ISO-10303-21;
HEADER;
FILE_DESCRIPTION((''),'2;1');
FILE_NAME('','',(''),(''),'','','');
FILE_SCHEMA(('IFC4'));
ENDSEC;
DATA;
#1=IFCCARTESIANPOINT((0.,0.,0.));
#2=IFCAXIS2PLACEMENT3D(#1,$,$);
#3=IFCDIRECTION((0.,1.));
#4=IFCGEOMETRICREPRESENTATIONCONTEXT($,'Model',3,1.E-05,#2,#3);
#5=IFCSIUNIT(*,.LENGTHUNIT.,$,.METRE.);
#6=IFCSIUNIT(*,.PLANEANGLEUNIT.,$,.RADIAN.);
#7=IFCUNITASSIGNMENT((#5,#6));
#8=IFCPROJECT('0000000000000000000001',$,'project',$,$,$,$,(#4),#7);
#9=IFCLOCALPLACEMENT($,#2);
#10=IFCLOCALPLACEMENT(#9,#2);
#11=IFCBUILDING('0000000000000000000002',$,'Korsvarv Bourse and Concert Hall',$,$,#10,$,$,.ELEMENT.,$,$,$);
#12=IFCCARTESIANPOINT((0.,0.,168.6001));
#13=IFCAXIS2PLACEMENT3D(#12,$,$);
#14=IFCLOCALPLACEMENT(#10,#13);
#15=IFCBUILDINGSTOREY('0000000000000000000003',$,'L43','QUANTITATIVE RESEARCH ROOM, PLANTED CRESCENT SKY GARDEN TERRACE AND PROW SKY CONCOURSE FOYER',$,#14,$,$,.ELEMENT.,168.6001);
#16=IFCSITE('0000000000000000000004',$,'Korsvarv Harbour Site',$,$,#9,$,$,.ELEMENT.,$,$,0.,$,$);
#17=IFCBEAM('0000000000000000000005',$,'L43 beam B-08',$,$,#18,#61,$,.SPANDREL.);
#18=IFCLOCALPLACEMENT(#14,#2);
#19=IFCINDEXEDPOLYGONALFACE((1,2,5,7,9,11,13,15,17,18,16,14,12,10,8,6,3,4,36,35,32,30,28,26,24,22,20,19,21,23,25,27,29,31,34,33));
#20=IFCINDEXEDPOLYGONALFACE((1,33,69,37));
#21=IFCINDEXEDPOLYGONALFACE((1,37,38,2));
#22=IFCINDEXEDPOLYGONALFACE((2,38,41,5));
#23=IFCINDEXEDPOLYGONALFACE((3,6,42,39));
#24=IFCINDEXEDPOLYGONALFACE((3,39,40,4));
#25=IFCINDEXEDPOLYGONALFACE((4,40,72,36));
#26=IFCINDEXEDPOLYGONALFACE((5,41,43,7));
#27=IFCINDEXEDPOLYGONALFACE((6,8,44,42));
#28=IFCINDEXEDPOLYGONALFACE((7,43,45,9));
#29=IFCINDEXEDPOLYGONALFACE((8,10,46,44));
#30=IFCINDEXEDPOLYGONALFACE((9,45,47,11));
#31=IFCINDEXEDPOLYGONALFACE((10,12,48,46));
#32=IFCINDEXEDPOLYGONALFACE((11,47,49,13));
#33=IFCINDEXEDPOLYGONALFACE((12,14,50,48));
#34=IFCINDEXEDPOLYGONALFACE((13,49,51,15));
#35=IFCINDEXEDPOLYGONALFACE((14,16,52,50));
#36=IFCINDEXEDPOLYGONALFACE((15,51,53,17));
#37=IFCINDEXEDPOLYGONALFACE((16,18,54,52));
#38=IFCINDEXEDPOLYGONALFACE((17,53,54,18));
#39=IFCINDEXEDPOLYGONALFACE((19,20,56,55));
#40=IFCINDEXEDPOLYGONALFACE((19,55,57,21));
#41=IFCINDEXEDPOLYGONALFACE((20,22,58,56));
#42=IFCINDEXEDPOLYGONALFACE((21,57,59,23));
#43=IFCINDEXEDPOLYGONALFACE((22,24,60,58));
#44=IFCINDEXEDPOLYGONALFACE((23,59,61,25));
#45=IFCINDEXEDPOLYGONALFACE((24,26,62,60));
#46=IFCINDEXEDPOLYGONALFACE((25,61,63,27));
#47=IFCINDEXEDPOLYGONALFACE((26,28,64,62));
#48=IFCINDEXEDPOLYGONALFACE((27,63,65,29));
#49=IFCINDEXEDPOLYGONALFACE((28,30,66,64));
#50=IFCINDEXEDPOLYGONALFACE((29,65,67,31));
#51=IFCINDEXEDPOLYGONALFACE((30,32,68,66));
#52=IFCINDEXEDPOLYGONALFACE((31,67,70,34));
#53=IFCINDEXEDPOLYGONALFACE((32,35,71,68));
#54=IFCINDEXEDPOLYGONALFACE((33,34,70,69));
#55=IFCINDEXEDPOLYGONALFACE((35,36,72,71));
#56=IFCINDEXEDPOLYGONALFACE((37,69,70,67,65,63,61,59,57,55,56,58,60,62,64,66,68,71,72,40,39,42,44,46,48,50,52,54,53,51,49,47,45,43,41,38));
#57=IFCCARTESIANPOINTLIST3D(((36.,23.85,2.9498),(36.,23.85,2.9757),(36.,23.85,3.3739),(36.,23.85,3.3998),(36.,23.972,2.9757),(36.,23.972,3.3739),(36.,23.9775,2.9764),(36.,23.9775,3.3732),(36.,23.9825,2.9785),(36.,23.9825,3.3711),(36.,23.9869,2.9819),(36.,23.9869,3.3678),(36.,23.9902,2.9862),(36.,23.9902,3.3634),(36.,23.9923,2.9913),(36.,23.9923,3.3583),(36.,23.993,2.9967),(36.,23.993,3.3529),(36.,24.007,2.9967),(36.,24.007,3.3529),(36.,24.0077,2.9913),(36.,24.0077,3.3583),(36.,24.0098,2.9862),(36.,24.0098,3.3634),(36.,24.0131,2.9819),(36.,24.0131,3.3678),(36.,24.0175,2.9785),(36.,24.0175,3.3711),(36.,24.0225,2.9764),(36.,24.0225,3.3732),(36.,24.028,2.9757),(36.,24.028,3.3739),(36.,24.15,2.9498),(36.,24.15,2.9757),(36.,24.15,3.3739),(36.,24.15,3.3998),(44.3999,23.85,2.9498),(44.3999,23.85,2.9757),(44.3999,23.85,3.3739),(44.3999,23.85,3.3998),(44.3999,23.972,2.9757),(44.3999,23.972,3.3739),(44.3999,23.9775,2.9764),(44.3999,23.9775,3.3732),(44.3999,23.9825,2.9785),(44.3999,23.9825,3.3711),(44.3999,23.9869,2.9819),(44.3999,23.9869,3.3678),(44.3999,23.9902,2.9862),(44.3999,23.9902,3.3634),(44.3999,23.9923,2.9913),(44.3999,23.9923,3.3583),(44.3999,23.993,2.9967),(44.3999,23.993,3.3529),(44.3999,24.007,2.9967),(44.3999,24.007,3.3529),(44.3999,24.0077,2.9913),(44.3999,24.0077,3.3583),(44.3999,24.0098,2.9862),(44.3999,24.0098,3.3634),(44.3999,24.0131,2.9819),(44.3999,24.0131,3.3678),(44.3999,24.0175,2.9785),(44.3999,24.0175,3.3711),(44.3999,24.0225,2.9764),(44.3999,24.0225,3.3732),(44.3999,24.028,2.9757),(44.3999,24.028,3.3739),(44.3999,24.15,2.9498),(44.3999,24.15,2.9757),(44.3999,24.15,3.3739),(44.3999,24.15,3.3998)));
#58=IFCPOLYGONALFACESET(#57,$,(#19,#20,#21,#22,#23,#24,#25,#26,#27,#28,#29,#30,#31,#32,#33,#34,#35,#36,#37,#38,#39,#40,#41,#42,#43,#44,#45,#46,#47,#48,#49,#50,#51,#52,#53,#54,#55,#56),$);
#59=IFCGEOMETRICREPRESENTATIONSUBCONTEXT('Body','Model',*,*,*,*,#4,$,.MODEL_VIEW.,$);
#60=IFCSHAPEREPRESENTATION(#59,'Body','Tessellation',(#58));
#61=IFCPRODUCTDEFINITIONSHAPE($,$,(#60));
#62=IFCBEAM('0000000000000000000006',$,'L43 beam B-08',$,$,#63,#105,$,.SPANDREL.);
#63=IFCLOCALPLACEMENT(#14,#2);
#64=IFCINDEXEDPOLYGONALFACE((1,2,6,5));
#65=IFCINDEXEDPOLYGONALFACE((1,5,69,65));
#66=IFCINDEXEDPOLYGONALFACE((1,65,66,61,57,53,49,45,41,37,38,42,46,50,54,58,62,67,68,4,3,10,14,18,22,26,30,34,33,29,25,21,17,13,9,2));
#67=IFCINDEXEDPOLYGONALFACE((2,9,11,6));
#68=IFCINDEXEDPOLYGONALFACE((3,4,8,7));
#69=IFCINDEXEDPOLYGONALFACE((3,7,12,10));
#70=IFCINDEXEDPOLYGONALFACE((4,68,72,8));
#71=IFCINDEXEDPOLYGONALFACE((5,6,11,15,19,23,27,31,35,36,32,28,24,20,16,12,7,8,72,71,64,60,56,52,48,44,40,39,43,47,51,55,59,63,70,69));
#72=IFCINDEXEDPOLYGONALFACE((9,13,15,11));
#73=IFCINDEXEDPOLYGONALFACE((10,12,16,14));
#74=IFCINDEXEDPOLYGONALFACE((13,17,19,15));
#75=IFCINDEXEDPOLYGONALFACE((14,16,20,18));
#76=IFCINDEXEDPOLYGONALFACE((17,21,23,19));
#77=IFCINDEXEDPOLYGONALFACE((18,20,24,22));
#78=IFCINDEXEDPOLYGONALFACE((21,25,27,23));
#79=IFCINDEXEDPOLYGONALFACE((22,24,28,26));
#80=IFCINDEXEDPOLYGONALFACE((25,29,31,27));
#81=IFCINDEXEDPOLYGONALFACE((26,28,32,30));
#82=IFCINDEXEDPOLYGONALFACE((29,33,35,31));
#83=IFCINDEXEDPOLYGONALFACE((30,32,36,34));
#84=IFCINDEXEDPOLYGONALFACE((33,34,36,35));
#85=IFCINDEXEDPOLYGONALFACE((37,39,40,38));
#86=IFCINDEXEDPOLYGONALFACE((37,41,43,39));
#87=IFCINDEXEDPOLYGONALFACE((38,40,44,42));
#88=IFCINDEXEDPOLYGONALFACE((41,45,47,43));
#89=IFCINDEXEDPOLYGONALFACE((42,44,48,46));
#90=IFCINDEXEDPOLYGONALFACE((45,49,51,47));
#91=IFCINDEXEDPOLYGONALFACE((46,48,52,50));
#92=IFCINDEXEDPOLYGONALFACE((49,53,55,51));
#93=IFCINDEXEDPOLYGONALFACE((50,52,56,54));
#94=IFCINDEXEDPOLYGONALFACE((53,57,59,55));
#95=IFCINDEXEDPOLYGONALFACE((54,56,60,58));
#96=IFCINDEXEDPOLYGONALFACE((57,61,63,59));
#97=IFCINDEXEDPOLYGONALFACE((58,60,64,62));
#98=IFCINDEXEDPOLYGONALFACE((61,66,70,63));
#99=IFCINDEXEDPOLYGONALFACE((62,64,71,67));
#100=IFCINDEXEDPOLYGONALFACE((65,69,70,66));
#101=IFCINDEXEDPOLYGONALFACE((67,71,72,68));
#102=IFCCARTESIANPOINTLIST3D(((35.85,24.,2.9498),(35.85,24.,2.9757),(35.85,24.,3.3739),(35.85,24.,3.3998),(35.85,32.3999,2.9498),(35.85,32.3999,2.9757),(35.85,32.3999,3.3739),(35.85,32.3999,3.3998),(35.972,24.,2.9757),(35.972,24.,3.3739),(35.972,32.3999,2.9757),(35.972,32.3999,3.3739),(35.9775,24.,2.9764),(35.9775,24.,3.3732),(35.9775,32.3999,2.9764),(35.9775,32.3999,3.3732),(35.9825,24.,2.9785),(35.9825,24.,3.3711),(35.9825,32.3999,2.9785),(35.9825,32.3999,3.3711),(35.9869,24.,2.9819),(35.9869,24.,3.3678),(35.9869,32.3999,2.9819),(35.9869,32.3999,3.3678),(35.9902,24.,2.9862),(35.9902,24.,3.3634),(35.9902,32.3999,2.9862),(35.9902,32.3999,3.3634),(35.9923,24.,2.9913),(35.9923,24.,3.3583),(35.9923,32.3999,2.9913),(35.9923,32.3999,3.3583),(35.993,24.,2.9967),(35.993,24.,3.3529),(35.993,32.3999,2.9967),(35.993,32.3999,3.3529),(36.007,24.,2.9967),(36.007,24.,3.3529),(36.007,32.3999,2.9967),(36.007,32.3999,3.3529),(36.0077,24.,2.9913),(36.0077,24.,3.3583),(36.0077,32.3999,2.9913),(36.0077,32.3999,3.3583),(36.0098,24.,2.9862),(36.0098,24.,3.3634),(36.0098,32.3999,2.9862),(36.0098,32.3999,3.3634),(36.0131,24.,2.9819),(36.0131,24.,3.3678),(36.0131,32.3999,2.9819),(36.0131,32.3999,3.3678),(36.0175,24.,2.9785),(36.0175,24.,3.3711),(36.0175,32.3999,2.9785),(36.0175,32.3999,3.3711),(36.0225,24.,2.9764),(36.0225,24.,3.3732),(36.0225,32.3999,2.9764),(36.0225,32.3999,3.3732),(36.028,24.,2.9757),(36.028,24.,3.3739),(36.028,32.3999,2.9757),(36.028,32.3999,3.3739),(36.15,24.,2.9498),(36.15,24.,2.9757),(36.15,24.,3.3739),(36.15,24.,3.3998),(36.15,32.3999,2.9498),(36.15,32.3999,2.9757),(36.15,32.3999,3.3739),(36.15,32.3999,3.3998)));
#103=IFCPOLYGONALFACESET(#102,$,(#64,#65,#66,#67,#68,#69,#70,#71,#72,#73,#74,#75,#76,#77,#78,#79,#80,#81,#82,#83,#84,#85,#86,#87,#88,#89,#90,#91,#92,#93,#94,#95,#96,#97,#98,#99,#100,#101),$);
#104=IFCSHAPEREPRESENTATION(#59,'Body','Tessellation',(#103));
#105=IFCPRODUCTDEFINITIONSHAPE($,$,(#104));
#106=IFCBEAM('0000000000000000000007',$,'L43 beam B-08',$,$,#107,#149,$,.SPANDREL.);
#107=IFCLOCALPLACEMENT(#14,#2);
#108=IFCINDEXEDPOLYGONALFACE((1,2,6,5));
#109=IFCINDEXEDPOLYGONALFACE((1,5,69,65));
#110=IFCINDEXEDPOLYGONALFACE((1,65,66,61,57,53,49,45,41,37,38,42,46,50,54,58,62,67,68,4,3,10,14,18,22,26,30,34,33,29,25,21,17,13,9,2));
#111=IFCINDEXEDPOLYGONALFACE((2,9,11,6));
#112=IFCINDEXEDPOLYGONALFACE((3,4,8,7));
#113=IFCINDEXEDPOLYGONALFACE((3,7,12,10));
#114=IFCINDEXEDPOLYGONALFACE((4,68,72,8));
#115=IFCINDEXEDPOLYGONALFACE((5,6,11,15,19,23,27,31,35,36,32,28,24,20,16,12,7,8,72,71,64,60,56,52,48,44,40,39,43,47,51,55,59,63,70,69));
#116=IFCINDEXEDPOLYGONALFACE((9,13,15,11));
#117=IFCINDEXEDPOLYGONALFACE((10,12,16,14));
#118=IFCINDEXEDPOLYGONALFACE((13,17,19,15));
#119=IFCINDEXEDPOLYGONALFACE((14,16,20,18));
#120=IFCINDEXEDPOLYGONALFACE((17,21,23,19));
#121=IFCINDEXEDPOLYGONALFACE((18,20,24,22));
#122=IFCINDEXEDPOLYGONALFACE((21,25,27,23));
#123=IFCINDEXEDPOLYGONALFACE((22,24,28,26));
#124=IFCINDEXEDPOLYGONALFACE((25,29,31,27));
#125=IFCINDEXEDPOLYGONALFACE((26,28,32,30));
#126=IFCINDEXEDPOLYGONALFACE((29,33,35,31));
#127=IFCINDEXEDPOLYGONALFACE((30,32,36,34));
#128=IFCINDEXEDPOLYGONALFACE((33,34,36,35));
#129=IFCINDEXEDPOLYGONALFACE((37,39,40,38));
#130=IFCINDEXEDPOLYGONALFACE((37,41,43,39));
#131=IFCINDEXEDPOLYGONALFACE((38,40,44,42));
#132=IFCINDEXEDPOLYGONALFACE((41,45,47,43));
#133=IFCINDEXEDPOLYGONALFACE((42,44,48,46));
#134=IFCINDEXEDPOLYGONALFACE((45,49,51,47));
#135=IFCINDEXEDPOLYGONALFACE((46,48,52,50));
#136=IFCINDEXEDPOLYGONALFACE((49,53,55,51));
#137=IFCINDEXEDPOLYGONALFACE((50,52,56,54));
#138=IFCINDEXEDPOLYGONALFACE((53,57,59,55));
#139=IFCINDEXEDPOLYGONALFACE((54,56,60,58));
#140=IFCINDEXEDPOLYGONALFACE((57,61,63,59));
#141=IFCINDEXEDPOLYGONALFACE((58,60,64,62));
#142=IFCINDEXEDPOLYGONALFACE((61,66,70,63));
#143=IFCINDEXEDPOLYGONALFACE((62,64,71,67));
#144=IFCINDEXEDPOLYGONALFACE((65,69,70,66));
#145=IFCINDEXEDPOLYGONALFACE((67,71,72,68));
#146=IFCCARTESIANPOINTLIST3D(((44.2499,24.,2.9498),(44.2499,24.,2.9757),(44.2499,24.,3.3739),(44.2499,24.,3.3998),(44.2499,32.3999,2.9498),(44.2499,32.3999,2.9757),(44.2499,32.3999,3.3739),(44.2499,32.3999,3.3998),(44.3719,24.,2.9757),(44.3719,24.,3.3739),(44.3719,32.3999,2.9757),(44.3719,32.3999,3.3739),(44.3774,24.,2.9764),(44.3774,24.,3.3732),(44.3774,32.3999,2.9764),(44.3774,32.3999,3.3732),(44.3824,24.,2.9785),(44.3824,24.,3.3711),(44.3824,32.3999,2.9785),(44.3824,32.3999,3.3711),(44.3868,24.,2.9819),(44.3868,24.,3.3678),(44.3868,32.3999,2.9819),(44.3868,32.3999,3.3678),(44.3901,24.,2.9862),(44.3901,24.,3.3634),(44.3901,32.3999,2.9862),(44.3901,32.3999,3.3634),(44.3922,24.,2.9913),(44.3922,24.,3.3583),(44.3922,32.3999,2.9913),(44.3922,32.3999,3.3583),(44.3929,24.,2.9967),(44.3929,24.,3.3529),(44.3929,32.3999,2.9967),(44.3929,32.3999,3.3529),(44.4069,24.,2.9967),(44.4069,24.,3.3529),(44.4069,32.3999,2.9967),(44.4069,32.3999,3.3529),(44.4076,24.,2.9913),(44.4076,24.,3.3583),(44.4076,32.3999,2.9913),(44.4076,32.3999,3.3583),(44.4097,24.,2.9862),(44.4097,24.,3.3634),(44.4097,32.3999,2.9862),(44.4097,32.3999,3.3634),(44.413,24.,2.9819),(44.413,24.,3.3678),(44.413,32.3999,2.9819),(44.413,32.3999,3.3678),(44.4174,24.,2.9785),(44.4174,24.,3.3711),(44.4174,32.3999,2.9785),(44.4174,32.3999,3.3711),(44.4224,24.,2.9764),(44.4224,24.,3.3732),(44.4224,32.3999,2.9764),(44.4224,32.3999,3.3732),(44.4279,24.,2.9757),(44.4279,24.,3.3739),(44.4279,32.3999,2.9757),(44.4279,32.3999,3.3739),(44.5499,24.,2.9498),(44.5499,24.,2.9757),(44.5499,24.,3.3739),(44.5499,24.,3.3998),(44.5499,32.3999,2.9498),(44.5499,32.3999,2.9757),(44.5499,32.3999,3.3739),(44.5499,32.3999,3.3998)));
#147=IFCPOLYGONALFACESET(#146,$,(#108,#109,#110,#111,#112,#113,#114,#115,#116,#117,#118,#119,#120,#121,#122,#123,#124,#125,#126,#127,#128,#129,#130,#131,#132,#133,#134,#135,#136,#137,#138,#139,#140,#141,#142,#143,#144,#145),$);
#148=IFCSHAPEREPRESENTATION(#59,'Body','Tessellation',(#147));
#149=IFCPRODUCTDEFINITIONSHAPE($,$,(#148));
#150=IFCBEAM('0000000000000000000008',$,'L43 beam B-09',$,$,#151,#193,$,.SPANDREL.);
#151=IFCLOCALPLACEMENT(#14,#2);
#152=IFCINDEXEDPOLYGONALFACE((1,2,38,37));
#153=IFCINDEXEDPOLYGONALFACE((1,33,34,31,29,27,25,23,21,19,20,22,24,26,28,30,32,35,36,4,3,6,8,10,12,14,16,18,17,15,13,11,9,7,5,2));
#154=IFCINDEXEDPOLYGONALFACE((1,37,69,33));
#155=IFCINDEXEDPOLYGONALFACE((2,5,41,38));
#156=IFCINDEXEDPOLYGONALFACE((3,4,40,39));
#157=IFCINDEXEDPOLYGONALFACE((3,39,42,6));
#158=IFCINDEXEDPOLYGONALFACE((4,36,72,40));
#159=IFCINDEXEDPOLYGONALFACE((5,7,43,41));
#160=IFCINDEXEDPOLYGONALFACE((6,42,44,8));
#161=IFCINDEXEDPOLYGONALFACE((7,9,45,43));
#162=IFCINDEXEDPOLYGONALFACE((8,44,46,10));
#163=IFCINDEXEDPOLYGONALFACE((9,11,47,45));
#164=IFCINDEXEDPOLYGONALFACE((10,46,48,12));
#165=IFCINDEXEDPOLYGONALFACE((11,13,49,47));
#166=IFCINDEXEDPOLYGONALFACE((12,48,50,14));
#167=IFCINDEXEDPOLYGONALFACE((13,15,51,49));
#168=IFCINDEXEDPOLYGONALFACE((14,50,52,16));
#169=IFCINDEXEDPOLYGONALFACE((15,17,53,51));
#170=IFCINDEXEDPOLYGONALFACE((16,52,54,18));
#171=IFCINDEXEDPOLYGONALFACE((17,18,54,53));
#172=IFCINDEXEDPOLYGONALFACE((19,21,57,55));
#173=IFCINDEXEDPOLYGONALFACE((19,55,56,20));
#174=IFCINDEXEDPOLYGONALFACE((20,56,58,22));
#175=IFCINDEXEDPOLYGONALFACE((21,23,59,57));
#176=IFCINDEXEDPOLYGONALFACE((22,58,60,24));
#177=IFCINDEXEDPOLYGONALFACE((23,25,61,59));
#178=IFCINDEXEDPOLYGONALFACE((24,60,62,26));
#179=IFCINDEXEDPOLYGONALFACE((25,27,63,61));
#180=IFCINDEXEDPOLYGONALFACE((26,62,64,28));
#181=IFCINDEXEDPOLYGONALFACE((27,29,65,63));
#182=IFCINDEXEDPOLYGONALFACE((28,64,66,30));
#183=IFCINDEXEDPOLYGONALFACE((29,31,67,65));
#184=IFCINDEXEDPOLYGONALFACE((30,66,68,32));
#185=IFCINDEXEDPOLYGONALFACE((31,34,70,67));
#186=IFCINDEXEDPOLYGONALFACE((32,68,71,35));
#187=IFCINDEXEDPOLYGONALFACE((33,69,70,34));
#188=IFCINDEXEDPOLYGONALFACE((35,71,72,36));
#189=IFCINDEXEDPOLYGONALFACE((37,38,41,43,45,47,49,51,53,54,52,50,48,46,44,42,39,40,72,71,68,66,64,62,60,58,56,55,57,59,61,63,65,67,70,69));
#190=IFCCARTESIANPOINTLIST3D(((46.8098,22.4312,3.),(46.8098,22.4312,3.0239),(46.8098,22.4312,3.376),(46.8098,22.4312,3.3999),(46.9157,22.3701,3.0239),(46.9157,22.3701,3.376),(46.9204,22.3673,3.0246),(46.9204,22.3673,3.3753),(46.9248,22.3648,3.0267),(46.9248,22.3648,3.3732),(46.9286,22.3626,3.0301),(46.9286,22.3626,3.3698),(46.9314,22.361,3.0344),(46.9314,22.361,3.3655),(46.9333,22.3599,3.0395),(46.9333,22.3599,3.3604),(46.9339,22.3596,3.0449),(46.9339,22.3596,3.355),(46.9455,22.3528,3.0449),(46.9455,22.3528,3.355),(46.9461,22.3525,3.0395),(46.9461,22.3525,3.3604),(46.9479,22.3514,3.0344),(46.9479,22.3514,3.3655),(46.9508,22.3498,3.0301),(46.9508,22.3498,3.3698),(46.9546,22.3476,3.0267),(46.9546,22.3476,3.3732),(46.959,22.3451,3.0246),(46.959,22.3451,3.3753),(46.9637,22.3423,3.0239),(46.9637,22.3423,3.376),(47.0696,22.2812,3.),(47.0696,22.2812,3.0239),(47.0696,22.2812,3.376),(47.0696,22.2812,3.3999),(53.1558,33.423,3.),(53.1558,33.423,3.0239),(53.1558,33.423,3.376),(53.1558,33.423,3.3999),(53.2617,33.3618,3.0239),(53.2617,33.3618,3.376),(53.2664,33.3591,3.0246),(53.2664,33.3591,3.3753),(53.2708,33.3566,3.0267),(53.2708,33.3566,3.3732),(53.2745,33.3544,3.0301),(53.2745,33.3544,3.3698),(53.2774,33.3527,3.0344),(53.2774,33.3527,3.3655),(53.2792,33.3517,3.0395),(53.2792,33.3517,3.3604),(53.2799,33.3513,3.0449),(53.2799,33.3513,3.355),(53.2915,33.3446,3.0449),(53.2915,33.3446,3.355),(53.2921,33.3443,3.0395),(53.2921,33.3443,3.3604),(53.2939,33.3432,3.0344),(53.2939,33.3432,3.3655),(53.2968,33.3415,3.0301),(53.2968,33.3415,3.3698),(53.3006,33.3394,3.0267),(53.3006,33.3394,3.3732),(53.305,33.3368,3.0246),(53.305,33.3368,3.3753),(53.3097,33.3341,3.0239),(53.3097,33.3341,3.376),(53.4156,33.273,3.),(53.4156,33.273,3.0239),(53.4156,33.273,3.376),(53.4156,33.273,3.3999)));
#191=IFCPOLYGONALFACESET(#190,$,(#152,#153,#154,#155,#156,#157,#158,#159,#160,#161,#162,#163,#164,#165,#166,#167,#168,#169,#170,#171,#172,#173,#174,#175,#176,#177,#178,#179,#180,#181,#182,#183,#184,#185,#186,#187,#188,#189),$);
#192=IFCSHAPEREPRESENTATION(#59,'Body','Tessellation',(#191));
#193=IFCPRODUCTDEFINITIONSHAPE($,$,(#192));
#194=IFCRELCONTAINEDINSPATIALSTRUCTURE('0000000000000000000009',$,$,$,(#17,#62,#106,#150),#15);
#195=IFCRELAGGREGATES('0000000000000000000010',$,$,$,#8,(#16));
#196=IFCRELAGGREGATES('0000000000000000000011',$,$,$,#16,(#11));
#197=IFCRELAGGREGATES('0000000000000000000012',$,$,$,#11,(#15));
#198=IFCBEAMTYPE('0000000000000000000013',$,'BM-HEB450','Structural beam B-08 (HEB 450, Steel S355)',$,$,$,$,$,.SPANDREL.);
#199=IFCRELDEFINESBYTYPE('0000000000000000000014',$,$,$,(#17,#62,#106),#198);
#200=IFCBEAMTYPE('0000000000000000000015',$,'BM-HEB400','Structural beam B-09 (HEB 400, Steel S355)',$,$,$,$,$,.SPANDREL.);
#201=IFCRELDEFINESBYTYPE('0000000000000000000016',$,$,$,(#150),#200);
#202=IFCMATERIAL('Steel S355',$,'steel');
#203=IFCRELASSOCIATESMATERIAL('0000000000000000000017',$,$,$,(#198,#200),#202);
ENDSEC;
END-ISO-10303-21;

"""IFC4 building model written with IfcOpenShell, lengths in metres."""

from ifc_helpers import new_model, si_unit, direction, frame, origin, origin_2d, place, context, subcontext, project, spatial, i_section, extrude, source, transform, mapped, material, material_profile, profile_set, type_object, element, save


model = new_model("IFC4")

# Units and contexts
model_context = context("Model", 3, precision=1e-05, world=origin(), true_north=direction((0.0, 1.0)))
body_context = subcontext(model_context, "Body", "Model", "MODEL_VIEW")
ifc_project = project(units=[si_unit("LENGTHUNIT", "METRE"), si_unit("PLANEANGLEUNIT", "RADIAN")], contexts=[model_context])

# Site, building, storey
site_placement = place(None, origin())
site = spatial("IfcSite", under=ifc_project, at=site_placement, Name="Korsvarv Harbour Site", CompositionType="ELEMENT", RefElevation=0.0)
building_placement = place(site_placement, origin())
building = spatial("IfcBuilding", under=site, at=building_placement, Name="Korsvarv Bourse and Concert Hall", CompositionType="ELEMENT")
storey_placement = place(building_placement, frame((0.0, 0.0, 168.6001)))
storey = spatial("IfcBuildingStorey", under=building, at=storey_placement, Name="L43", Description="QUANTITATIVE RESEARCH ROOM, PLANTED CRESCENT SKY GARDEN TERRACE AND PROW SKY CONCOURSE FOYER", CompositionType="ELEMENT", Elevation=168.6001)

# Shared definitions
ifc_material_1 = material(Name="Steel S355", Category="steel")

# Beams
ifc_material_profile_1 = material_profile(ifc_material_1, i_section(OverallWidth=0.3, OverallDepth=0.45, WebThickness=0.0139, FlangeThickness=0.0259, FilletRadius=0.021, at=origin_2d()), Name="HEB 450")
ifc_profile_set_1 = profile_set([ifc_material_profile_1], Name="Steel S355")
beam_type_1 = type_object("IfcBeamType", Name="BM-HEB450", Description="Structural beam B-08 (HEB 450, Steel S355)", PredefinedType="SPANDREL", material=ifc_profile_set_1)
shared_shape_1 = source(origin(), body_context, "Body", "SweptSolid", [
    extrude(i_section(OverallWidth=0.3, OverallDepth=0.45, WebThickness=0.0139, FlangeThickness=0.0259, FilletRadius=0.021, at=origin_2d()), origin(), (0.0, 0.0, 1.0), 8.3999),
])
for number, where, z_axis, x_axis, name in (
    (1, (36.0, 24.0, 3.1748), (1.0, 0.0, 0.0), (0.0, 1.0, 0.0), "L43 beam B-08"),
    (2, (36.0, 24.0, 3.1748), (0.0, 1.0, 0.0), (-1.0, 0.0, 0.0), "L43 beam B-08"),
    (3, (44.3999, 24.0, 3.1748), (0.0, 1.0, 0.0), (-1.0, 0.0, 0.0), "L43 beam B-08"),
):
    element("IfcBeam", number, at=place(storey_placement, frame(where, z_axis=z_axis, x_axis=x_axis)), inside=storey, type_object=beam_type_1, Name=name, PredefinedType="SPANDREL", context=body_context, shape_type="MappedRepresentation", body=[
        mapped(shared_shape_1, transform((0.0, 0.0, 0.0), scale=1.0)),
    ])
ifc_material_profile_2 = material_profile(ifc_material_1, i_section(OverallWidth=0.3, OverallDepth=0.3999, WebThickness=0.0134, FlangeThickness=0.0239, FilletRadius=0.021, at=origin_2d()), Name="HEB 400")
ifc_profile_set_2 = profile_set([ifc_material_profile_2], Name="Steel S355")
beam_type_2 = type_object("IfcBeamType", Name="BM-HEB400", Description="Structural beam B-09 (HEB 400, Steel S355)", PredefinedType="SPANDREL", material=ifc_profile_set_2)
shared_shape_2 = source(origin(), body_context, "Body", "SweptSolid", [
    extrude(i_section(OverallWidth=0.3, OverallDepth=0.3999, WebThickness=0.0134, FlangeThickness=0.0239, FilletRadius=0.021, at=origin_2d()), origin(), (0.0, 0.0, 1.0), 12.6921),
])
beam_1_placement = place(storey_placement, frame((46.9397, 22.3562, 3.2), z_axis=(0.499993, 0.866029, 0.0), x_axis=(-0.866029, 0.499993, 0.0)))
element("IfcBeam", 4, at=beam_1_placement, inside=storey, type_object=beam_type_2, Name="L43 beam B-09", PredefinedType="SPANDREL", context=body_context, shape_type="MappedRepresentation", body=[
    mapped(shared_shape_2, transform((0.0, 0.0, 0.0), scale=1.0)),
])

save(model, "model.ifc")
